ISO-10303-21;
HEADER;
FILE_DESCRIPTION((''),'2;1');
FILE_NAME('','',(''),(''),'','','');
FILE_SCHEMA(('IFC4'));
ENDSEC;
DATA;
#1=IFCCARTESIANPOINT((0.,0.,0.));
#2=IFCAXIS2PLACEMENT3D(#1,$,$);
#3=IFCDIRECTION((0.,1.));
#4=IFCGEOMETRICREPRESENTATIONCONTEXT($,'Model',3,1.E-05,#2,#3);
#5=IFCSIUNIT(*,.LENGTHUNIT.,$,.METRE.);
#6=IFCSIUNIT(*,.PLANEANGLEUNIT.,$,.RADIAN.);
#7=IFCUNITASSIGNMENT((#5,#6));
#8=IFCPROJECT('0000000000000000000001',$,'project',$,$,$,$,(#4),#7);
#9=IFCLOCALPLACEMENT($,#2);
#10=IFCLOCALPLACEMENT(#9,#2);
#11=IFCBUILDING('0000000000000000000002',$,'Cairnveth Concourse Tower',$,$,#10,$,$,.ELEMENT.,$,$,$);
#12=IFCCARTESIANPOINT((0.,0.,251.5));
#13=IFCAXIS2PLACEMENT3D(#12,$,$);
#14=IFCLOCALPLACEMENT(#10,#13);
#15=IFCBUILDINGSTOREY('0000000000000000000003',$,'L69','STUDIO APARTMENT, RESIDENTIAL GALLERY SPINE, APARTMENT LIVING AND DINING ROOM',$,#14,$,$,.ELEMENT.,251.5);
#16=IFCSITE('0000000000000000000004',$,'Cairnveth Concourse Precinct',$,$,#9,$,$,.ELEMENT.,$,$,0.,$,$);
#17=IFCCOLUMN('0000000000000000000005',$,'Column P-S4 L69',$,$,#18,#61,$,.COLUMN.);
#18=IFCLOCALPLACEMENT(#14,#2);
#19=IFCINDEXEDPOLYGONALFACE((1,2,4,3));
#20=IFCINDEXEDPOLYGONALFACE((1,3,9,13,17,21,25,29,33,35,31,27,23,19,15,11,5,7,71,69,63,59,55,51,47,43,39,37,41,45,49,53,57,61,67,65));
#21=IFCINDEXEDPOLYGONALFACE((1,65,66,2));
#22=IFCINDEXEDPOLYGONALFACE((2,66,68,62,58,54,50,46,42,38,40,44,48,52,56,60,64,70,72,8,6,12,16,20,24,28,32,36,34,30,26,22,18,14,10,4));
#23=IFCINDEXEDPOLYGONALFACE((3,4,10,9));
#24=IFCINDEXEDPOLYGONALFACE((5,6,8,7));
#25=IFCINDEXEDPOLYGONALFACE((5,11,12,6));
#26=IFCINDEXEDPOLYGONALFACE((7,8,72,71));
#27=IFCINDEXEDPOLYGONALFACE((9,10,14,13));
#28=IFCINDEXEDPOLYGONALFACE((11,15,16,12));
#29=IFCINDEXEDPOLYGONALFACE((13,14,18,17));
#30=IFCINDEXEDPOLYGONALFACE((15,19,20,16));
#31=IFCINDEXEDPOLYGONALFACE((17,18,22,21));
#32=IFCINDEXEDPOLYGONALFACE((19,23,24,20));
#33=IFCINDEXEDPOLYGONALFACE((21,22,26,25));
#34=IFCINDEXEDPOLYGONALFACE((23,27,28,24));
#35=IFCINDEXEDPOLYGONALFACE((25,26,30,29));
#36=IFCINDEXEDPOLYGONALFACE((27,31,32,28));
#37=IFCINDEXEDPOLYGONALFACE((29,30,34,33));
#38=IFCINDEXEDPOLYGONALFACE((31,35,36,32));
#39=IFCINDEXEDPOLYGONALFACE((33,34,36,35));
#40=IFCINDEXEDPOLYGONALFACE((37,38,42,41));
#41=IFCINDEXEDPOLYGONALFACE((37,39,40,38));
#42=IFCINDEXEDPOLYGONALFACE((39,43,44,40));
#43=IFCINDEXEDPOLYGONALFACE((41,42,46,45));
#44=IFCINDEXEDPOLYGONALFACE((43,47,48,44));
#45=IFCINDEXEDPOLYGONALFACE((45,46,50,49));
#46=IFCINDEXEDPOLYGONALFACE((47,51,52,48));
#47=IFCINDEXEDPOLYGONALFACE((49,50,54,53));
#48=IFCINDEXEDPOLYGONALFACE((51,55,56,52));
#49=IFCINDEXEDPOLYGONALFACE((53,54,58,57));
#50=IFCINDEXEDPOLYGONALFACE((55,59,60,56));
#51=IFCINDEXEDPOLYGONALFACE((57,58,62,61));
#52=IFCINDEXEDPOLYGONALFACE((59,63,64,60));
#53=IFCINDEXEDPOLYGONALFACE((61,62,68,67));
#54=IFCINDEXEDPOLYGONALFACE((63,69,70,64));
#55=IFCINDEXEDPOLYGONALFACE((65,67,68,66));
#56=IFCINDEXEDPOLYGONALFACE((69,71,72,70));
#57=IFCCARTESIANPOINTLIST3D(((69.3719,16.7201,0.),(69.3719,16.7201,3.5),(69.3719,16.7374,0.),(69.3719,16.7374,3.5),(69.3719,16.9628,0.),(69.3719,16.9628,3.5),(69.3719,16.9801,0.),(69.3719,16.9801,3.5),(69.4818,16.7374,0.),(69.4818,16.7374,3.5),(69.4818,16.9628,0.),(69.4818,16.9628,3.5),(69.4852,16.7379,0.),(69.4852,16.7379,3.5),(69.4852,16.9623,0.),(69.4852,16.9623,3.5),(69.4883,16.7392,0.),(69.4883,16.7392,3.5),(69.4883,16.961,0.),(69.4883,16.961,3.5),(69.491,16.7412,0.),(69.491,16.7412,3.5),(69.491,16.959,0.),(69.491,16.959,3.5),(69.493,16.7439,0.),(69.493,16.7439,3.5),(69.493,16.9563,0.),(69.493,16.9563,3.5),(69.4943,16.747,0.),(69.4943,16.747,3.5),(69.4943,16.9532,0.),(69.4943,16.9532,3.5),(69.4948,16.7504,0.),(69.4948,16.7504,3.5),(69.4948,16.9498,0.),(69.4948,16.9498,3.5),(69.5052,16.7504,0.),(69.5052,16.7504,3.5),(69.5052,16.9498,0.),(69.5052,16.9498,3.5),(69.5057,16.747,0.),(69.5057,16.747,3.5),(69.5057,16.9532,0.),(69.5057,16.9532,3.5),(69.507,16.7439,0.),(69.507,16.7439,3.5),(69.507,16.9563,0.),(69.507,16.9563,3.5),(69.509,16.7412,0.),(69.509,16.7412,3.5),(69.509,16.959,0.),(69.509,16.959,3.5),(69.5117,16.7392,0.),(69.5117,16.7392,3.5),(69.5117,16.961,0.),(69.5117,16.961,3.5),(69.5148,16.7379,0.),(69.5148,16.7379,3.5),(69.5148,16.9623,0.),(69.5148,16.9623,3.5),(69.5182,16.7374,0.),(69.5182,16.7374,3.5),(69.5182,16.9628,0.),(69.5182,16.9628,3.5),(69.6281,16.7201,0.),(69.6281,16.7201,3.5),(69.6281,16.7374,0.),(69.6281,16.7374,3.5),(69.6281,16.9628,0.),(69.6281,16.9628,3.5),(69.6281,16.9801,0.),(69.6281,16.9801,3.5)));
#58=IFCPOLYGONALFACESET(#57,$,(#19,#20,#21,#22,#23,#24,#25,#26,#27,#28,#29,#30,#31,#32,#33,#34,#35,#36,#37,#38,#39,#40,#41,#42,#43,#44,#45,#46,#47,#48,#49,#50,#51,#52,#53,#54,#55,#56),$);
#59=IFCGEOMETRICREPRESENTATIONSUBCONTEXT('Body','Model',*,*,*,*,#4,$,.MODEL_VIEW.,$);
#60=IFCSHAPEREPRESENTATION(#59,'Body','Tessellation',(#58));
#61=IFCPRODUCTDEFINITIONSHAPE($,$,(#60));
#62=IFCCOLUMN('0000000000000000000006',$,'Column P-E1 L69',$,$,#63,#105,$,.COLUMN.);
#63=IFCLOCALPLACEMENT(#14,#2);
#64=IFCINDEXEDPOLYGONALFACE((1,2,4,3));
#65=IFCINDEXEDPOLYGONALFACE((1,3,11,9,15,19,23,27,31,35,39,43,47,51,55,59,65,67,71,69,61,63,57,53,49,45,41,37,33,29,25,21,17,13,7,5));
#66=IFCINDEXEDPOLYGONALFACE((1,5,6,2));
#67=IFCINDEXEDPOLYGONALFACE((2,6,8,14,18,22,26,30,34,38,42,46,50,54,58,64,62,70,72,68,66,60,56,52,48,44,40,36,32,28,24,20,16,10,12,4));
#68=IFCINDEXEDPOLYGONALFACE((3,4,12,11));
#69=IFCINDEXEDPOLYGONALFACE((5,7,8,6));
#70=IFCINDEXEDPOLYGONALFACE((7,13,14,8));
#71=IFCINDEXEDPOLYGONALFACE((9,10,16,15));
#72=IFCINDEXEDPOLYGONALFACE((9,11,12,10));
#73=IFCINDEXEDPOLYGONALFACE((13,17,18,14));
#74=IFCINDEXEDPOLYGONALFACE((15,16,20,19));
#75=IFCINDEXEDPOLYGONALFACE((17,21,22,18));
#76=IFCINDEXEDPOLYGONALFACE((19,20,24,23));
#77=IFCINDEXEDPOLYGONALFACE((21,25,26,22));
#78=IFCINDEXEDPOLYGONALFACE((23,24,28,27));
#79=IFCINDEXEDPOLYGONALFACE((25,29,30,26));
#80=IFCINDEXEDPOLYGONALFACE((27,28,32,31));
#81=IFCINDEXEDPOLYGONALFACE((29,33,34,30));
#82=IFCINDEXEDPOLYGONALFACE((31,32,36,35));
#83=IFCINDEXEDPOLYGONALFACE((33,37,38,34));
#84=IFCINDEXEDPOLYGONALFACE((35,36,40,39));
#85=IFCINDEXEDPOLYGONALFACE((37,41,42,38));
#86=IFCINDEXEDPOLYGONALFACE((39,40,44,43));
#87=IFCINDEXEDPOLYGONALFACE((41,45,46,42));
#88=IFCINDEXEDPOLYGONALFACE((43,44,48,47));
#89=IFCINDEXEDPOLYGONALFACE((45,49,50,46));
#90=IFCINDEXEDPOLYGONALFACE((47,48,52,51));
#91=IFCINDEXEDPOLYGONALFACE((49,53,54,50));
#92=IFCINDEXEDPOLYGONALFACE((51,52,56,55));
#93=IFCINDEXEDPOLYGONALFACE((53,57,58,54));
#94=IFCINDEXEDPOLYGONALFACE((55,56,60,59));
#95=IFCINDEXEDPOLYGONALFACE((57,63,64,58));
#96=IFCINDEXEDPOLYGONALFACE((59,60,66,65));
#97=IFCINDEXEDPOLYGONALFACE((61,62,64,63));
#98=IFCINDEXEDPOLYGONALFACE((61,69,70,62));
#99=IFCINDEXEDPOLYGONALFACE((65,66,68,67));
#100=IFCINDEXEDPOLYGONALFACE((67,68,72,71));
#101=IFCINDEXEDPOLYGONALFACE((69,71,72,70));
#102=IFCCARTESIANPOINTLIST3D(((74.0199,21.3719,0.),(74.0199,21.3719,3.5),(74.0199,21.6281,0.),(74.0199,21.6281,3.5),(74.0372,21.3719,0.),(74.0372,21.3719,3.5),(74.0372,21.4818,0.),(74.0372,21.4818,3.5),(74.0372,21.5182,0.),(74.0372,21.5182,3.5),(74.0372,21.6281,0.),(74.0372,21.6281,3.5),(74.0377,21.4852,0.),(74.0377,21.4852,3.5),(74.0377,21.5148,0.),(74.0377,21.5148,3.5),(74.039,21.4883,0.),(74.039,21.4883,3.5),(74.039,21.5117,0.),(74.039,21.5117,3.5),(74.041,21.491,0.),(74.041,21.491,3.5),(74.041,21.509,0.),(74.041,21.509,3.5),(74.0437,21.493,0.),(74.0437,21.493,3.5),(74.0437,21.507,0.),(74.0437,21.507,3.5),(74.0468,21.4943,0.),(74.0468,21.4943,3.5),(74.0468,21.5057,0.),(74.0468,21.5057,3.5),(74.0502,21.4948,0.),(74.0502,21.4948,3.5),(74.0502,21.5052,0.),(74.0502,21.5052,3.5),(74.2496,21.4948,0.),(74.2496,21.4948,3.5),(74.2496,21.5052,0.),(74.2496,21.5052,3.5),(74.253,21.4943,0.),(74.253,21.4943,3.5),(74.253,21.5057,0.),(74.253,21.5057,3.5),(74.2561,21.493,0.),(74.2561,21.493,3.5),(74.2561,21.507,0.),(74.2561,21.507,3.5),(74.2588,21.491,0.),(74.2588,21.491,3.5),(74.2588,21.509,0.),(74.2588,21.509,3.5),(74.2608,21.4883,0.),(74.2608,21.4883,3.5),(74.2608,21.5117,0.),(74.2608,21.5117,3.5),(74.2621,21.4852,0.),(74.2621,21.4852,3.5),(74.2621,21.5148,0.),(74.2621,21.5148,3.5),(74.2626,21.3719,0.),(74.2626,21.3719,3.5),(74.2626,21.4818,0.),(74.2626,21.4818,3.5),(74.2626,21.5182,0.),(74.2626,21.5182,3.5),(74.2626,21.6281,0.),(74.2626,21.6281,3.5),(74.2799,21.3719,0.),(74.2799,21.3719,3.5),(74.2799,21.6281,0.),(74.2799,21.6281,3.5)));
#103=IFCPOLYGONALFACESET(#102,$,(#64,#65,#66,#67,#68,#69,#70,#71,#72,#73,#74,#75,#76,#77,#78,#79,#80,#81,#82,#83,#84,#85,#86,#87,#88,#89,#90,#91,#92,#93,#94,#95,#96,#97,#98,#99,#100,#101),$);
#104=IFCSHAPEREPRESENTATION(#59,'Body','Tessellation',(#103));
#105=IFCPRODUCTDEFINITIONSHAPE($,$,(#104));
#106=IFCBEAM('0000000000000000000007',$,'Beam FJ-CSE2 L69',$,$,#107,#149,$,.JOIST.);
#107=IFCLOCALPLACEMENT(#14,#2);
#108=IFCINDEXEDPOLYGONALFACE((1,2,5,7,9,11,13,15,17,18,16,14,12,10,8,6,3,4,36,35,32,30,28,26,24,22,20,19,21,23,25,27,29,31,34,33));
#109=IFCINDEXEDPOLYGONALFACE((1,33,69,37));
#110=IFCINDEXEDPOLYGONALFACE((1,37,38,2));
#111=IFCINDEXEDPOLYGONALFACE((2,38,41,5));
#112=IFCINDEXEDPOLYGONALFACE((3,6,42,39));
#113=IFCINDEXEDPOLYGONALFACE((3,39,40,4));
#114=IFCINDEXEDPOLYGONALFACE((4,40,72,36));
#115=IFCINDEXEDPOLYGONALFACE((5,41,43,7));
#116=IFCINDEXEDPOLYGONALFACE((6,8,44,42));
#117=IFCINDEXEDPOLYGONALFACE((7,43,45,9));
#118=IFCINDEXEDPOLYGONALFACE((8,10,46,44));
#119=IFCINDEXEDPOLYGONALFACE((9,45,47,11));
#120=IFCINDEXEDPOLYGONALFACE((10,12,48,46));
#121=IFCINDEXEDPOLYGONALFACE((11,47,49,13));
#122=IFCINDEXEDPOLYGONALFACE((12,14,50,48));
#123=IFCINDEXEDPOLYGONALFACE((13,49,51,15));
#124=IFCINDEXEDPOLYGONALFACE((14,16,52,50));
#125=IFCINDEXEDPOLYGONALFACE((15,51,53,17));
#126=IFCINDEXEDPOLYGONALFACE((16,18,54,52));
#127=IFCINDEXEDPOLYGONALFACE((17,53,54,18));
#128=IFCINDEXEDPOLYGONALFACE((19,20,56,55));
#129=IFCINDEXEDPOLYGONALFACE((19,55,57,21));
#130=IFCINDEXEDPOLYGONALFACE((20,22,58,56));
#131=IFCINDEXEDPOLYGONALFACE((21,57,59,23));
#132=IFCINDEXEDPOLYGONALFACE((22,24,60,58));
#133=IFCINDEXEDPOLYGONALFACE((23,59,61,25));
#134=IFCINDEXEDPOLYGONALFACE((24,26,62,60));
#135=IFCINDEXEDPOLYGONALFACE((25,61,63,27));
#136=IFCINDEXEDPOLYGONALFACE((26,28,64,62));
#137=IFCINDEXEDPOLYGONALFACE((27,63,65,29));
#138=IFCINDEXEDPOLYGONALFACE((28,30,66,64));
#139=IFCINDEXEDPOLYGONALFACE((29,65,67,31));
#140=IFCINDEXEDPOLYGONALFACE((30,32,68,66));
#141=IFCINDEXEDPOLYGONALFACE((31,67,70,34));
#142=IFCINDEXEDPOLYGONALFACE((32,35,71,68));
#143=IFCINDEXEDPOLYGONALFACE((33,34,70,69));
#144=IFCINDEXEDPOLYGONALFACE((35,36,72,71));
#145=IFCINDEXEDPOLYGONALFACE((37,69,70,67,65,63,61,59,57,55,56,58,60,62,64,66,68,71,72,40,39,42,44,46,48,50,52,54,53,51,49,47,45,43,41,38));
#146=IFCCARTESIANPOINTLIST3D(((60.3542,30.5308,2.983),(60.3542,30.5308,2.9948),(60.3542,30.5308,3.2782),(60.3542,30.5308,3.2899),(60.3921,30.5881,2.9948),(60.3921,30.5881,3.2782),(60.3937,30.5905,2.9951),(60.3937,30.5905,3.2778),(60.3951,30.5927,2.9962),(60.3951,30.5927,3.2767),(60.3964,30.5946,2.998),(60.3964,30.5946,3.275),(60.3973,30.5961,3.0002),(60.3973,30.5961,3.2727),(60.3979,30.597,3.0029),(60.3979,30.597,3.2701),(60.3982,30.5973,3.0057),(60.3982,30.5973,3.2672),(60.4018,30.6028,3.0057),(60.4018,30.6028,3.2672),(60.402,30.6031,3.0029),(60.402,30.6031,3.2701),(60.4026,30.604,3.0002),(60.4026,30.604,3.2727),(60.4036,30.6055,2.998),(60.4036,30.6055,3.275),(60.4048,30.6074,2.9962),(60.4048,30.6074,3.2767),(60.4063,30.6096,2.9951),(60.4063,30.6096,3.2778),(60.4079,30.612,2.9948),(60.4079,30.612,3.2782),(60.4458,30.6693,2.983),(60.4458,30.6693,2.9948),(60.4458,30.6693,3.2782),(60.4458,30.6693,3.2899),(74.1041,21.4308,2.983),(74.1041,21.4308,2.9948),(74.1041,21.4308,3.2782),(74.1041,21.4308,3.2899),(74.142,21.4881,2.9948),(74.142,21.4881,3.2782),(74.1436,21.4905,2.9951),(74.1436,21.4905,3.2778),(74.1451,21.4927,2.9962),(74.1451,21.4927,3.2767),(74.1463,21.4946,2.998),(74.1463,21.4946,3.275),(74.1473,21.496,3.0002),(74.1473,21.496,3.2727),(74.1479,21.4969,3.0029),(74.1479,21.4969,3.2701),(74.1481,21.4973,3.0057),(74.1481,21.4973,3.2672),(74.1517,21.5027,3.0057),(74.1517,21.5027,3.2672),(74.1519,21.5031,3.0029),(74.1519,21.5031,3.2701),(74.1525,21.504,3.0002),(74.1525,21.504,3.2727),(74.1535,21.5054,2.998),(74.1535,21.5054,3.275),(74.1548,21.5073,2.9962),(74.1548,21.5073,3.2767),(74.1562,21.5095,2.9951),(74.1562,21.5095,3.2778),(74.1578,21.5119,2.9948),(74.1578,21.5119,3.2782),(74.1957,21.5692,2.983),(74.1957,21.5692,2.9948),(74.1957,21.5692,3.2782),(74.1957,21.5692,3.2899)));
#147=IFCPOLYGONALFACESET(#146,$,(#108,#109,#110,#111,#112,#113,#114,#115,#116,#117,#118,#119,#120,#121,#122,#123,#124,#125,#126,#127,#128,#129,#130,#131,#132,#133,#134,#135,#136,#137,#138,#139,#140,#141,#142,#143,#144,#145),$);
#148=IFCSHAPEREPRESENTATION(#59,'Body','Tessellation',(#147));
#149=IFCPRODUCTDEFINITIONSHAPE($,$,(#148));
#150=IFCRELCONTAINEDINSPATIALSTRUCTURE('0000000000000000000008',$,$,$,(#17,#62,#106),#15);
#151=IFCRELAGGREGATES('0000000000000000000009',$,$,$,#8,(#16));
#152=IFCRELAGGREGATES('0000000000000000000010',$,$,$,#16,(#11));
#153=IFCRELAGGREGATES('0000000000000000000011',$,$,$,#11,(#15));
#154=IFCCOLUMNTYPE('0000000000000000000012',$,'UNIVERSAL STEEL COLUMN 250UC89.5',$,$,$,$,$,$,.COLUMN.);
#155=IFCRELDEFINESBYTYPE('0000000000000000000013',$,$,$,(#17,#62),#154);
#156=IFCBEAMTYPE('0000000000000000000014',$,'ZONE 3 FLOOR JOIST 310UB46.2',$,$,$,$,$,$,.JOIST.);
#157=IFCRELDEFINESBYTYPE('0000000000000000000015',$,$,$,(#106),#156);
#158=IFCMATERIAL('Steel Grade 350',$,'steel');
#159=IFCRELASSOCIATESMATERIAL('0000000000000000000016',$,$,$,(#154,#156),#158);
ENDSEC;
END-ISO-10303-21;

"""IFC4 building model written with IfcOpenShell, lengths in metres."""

from ifc_helpers import new_model, si_unit, direction, frame, origin, origin_2d, place, context, subcontext, project, spatial, i_section, extrude, material, material_profile, profile_set, type_object, element, save


model = new_model("IFC4")

# Units and contexts
model_context = context("Model", 3, precision=1e-05, world=origin(), true_north=direction((0.0, 1.0)))
body_context = subcontext(model_context, "Body", "Model", "MODEL_VIEW")
ifc_project = project(units=[si_unit("LENGTHUNIT", "METRE"), si_unit("PLANEANGLEUNIT", "RADIAN")], contexts=[model_context])

# Site, building, storey
site_placement = place(None, origin())
site = spatial("IfcSite", under=ifc_project, at=site_placement, Name="Cairnveth Concourse Precinct", CompositionType="ELEMENT", RefElevation=0.0)
building_placement = place(site_placement, origin())
building = spatial("IfcBuilding", under=site, at=building_placement, Name="Cairnveth Concourse Tower", CompositionType="ELEMENT")
storey_placement = place(building_placement, frame((0.0, 0.0, 251.5)))
storey = spatial("IfcBuildingStorey", under=building, at=storey_placement, Name="L69", Description="STUDIO APARTMENT, RESIDENTIAL GALLERY SPINE, APARTMENT LIVING AND DINING ROOM", CompositionType="ELEMENT", Elevation=251.5)

# Columns
ifc_material_1 = material(Name="Steel Grade 350", Category="steel")
ifc_material_profile_1 = material_profile(ifc_material_1, i_section(OverallWidth=0.2561, OverallDepth=0.26, WebThickness=0.0105, FlangeThickness=0.0173, FilletRadius=0.0129, at=origin_2d()), Name="250UC89.5")
ifc_profile_set_1 = profile_set([ifc_material_profile_1], Name="Steel Grade 350")
column_type = type_object("IfcColumnType", Name="UNIVERSAL STEEL COLUMN 250UC89.5", PredefinedType="COLUMN", material=ifc_profile_set_1)
for number, where, z_axis, x_axis, name in (
    (1, (69.5, 16.8501, 0.0), (0.0, 0.0, 1.0), (1.0, 0.0, 0.0), "Column P-S4 L69"),
    (2, (74.1499, 21.5, 0.0), (0.0, 0.0, 1.0), (0.0, 1.0, 0.0), "Column P-E1 L69"),
):
    element("IfcColumn", number, at=place(storey_placement, frame(where, z_axis=z_axis, x_axis=x_axis)), inside=storey, type_object=column_type, Name=name, PredefinedType="COLUMN", context=body_context, shape_type="SweptSolid", body=[
        extrude(i_section(OverallWidth=0.2561, OverallDepth=0.26, WebThickness=0.0105, FlangeThickness=0.0173, FilletRadius=0.0129, at=origin_2d()), origin(), (0.0, 0.0, 1.0), 3.5),
    ])

# Beam
ifc_material_profile_2 = material_profile(ifc_material_1, i_section(OverallWidth=0.166, OverallDepth=0.3069, WebThickness=0.0066, FlangeThickness=0.0117, FilletRadius=0.011, at=origin_2d()), Name="310UB46.2")
ifc_profile_set_2 = profile_set([ifc_material_profile_2], Name="Steel Grade 350")
beam_type_1 = type_object("IfcBeamType", Name="ZONE 3 FLOOR JOIST 310UB46.2", PredefinedType="JOIST", material=ifc_profile_set_2)
beam_1_placement = place(storey_placement, frame((74.1499, 21.5, 3.1365), z_axis=(-0.833909, 0.551902, 0.0), x_axis=(-0.551902, -0.833909, 0.0)))
element("IfcBeam", 3, at=beam_1_placement, inside=storey, type_object=beam_type_1, Name="Beam FJ-CSE2 L69", PredefinedType="JOIST", context=body_context, shape_type="SweptSolid", body=[
    extrude(i_section(OverallWidth=0.166, OverallDepth=0.3069, WebThickness=0.0066, FlangeThickness=0.0117, FilletRadius=0.011, at=origin_2d()), origin(), (0.0, 0.0, 1.0), 16.4885),
])

save(model, "model.ifc")
